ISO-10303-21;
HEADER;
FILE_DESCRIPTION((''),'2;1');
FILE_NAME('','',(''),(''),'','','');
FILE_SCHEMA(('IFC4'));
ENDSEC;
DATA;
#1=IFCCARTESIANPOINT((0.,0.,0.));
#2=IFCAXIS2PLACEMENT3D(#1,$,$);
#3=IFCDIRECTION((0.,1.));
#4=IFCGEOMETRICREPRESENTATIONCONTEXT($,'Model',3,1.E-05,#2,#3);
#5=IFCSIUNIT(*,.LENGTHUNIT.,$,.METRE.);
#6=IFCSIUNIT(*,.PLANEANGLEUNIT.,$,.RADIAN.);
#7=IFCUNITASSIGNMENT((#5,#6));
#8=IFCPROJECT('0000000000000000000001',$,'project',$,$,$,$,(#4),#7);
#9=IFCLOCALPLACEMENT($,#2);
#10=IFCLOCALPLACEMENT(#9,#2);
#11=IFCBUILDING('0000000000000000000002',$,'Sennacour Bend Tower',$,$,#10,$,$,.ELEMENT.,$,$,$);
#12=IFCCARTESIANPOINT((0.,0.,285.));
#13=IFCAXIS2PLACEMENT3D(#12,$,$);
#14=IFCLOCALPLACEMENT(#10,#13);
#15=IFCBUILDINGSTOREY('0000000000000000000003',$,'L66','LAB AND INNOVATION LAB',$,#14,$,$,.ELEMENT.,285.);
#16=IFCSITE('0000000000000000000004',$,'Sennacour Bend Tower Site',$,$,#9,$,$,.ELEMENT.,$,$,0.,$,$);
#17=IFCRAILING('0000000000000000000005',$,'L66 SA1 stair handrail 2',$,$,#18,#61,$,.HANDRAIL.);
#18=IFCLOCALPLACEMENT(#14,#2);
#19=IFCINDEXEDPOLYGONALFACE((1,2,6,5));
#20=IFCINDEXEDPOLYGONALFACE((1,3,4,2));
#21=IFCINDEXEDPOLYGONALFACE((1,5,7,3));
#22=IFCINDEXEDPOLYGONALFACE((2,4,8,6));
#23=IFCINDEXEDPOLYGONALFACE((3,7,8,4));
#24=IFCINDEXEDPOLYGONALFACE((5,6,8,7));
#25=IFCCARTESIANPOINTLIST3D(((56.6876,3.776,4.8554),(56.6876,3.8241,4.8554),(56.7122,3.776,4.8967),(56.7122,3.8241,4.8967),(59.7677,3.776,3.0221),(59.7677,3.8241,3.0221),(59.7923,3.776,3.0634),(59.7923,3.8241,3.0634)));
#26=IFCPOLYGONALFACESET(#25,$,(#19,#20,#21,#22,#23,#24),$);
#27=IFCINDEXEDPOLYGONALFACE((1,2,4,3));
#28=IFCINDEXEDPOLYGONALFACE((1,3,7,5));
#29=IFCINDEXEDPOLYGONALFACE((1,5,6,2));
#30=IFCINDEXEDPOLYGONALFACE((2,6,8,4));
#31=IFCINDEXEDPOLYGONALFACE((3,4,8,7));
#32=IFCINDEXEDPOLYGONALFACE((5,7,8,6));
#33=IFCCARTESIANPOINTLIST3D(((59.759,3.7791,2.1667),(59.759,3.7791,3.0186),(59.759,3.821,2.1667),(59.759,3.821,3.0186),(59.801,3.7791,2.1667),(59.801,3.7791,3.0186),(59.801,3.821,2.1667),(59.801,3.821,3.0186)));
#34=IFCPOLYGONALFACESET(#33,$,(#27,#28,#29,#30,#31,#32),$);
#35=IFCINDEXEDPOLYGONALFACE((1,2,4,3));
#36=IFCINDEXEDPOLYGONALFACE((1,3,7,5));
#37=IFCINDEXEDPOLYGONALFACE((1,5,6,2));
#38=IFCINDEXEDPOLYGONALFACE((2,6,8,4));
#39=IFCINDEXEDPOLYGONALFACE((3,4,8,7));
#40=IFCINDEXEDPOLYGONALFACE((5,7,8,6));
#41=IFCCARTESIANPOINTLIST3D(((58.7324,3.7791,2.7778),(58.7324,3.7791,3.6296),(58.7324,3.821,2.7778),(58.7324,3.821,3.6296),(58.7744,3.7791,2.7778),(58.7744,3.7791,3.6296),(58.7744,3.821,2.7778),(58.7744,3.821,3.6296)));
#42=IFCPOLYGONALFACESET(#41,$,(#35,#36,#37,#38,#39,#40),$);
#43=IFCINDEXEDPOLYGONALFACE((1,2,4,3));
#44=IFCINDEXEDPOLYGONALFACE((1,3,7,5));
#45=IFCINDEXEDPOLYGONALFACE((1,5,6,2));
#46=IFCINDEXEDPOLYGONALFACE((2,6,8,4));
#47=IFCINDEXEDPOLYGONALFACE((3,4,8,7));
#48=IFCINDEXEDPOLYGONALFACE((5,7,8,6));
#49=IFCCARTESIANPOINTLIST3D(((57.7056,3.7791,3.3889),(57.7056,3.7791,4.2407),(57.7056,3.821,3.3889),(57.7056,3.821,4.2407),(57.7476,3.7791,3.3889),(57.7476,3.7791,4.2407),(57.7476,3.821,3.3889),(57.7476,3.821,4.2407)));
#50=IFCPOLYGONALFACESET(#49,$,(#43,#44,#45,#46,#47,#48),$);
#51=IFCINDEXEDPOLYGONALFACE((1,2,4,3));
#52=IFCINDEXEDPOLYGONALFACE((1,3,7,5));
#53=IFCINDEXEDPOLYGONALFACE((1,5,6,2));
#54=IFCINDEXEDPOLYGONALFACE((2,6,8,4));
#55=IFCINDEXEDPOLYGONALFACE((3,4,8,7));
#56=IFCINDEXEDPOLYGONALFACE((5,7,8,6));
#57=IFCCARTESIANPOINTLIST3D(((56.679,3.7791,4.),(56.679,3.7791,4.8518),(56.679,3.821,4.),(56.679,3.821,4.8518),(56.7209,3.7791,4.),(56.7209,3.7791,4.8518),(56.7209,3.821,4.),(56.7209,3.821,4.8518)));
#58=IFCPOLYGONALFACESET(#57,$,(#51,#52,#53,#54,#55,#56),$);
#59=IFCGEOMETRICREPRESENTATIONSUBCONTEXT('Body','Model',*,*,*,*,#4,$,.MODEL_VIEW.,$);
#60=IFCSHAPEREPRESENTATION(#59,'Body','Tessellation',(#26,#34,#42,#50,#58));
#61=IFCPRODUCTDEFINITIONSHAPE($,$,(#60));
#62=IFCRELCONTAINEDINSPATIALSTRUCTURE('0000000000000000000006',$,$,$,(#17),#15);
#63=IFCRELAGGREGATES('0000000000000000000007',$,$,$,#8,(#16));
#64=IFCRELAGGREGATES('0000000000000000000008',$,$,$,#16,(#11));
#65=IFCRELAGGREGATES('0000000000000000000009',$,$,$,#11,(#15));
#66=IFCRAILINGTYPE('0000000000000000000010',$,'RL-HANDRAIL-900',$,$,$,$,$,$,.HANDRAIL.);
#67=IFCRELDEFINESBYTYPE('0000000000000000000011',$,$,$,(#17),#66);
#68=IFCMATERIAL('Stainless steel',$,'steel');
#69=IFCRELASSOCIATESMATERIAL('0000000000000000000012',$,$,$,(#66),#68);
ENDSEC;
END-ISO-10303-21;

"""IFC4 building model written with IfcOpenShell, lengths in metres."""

from ifc_helpers import new_model, si_unit, direction, frame, origin, origin_2d, place, context, subcontext, project, spatial, rectangle, extrude, material, type_object, element, save


model = new_model("IFC4")

# Units and contexts
model_context = context("Model", 3, precision=1e-05, world=origin(), true_north=direction((0.0, 1.0)))
body_context = subcontext(model_context, "Body", "Model", "MODEL_VIEW")
ifc_project = project(units=[si_unit("LENGTHUNIT", "METRE"), si_unit("PLANEANGLEUNIT", "RADIAN")], contexts=[model_context])

# Site, building, storey
site_placement = place(None, origin())
site = spatial("IfcSite", under=ifc_project, at=site_placement, Name="Sennacour Bend Tower Site", CompositionType="ELEMENT", RefElevation=0.0)
building_placement = place(site_placement, origin())
building = spatial("IfcBuilding", under=site, at=building_placement, Name="Sennacour Bend Tower", CompositionType="ELEMENT")
storey_placement = place(building_placement, frame((0.0, 0.0, 285.0)))
storey = spatial("IfcBuildingStorey", under=building, at=storey_placement, Name="L66", Description="LAB AND INNOVATION LAB", CompositionType="ELEMENT", Elevation=285.0)

# Shared definitions
ifc_material_1 = material(Name="Stainless steel", Category="steel")

# Railing
railing_type_1 = type_object("IfcRailingType", Name="RL-HANDRAIL-900", PredefinedType="HANDRAIL", material=ifc_material_1)
railing_1_placement = place(storey_placement, frame((59.78, 3.8, 2.1667)))
element("IfcRailing", 1, at=railing_1_placement, inside=storey, type_object=railing_type_1, Name="L66 SA1 stair handrail 2", PredefinedType="HANDRAIL", context=body_context, shape_type="SweptSolid", body=[
    extrude(rectangle(XDim=0.0481, YDim=0.0481, at=origin_2d()), frame((0.0, 0.0, 0.876), z_axis=(-0.859309, 0.0, 0.511458), x_axis=(0.0, -1.0, 0.0)), (0.0, 0.0, 1.0), 3.5845),
    extrude(rectangle(XDim=0.042, YDim=0.042, at=origin_2d()), origin(), (0.0, 0.0, 1.0), 0.8518),
    extrude(rectangle(XDim=0.042, YDim=0.042, at=origin_2d()), frame((-1.0266, 0.0, 0.6111)), (0.0, 0.0, 1.0), 0.8518),
    extrude(rectangle(XDim=0.042, YDim=0.042, at=origin_2d()), frame((-2.0535, 0.0, 1.2222)), (0.0, 0.0, 1.0), 0.8518),
    extrude(rectangle(XDim=0.042, YDim=0.042, at=origin_2d()), frame((-3.0801, 0.0, 1.8333)), (0.0, 0.0, 1.0), 0.8518),
])

save(model, "model.ifc")
